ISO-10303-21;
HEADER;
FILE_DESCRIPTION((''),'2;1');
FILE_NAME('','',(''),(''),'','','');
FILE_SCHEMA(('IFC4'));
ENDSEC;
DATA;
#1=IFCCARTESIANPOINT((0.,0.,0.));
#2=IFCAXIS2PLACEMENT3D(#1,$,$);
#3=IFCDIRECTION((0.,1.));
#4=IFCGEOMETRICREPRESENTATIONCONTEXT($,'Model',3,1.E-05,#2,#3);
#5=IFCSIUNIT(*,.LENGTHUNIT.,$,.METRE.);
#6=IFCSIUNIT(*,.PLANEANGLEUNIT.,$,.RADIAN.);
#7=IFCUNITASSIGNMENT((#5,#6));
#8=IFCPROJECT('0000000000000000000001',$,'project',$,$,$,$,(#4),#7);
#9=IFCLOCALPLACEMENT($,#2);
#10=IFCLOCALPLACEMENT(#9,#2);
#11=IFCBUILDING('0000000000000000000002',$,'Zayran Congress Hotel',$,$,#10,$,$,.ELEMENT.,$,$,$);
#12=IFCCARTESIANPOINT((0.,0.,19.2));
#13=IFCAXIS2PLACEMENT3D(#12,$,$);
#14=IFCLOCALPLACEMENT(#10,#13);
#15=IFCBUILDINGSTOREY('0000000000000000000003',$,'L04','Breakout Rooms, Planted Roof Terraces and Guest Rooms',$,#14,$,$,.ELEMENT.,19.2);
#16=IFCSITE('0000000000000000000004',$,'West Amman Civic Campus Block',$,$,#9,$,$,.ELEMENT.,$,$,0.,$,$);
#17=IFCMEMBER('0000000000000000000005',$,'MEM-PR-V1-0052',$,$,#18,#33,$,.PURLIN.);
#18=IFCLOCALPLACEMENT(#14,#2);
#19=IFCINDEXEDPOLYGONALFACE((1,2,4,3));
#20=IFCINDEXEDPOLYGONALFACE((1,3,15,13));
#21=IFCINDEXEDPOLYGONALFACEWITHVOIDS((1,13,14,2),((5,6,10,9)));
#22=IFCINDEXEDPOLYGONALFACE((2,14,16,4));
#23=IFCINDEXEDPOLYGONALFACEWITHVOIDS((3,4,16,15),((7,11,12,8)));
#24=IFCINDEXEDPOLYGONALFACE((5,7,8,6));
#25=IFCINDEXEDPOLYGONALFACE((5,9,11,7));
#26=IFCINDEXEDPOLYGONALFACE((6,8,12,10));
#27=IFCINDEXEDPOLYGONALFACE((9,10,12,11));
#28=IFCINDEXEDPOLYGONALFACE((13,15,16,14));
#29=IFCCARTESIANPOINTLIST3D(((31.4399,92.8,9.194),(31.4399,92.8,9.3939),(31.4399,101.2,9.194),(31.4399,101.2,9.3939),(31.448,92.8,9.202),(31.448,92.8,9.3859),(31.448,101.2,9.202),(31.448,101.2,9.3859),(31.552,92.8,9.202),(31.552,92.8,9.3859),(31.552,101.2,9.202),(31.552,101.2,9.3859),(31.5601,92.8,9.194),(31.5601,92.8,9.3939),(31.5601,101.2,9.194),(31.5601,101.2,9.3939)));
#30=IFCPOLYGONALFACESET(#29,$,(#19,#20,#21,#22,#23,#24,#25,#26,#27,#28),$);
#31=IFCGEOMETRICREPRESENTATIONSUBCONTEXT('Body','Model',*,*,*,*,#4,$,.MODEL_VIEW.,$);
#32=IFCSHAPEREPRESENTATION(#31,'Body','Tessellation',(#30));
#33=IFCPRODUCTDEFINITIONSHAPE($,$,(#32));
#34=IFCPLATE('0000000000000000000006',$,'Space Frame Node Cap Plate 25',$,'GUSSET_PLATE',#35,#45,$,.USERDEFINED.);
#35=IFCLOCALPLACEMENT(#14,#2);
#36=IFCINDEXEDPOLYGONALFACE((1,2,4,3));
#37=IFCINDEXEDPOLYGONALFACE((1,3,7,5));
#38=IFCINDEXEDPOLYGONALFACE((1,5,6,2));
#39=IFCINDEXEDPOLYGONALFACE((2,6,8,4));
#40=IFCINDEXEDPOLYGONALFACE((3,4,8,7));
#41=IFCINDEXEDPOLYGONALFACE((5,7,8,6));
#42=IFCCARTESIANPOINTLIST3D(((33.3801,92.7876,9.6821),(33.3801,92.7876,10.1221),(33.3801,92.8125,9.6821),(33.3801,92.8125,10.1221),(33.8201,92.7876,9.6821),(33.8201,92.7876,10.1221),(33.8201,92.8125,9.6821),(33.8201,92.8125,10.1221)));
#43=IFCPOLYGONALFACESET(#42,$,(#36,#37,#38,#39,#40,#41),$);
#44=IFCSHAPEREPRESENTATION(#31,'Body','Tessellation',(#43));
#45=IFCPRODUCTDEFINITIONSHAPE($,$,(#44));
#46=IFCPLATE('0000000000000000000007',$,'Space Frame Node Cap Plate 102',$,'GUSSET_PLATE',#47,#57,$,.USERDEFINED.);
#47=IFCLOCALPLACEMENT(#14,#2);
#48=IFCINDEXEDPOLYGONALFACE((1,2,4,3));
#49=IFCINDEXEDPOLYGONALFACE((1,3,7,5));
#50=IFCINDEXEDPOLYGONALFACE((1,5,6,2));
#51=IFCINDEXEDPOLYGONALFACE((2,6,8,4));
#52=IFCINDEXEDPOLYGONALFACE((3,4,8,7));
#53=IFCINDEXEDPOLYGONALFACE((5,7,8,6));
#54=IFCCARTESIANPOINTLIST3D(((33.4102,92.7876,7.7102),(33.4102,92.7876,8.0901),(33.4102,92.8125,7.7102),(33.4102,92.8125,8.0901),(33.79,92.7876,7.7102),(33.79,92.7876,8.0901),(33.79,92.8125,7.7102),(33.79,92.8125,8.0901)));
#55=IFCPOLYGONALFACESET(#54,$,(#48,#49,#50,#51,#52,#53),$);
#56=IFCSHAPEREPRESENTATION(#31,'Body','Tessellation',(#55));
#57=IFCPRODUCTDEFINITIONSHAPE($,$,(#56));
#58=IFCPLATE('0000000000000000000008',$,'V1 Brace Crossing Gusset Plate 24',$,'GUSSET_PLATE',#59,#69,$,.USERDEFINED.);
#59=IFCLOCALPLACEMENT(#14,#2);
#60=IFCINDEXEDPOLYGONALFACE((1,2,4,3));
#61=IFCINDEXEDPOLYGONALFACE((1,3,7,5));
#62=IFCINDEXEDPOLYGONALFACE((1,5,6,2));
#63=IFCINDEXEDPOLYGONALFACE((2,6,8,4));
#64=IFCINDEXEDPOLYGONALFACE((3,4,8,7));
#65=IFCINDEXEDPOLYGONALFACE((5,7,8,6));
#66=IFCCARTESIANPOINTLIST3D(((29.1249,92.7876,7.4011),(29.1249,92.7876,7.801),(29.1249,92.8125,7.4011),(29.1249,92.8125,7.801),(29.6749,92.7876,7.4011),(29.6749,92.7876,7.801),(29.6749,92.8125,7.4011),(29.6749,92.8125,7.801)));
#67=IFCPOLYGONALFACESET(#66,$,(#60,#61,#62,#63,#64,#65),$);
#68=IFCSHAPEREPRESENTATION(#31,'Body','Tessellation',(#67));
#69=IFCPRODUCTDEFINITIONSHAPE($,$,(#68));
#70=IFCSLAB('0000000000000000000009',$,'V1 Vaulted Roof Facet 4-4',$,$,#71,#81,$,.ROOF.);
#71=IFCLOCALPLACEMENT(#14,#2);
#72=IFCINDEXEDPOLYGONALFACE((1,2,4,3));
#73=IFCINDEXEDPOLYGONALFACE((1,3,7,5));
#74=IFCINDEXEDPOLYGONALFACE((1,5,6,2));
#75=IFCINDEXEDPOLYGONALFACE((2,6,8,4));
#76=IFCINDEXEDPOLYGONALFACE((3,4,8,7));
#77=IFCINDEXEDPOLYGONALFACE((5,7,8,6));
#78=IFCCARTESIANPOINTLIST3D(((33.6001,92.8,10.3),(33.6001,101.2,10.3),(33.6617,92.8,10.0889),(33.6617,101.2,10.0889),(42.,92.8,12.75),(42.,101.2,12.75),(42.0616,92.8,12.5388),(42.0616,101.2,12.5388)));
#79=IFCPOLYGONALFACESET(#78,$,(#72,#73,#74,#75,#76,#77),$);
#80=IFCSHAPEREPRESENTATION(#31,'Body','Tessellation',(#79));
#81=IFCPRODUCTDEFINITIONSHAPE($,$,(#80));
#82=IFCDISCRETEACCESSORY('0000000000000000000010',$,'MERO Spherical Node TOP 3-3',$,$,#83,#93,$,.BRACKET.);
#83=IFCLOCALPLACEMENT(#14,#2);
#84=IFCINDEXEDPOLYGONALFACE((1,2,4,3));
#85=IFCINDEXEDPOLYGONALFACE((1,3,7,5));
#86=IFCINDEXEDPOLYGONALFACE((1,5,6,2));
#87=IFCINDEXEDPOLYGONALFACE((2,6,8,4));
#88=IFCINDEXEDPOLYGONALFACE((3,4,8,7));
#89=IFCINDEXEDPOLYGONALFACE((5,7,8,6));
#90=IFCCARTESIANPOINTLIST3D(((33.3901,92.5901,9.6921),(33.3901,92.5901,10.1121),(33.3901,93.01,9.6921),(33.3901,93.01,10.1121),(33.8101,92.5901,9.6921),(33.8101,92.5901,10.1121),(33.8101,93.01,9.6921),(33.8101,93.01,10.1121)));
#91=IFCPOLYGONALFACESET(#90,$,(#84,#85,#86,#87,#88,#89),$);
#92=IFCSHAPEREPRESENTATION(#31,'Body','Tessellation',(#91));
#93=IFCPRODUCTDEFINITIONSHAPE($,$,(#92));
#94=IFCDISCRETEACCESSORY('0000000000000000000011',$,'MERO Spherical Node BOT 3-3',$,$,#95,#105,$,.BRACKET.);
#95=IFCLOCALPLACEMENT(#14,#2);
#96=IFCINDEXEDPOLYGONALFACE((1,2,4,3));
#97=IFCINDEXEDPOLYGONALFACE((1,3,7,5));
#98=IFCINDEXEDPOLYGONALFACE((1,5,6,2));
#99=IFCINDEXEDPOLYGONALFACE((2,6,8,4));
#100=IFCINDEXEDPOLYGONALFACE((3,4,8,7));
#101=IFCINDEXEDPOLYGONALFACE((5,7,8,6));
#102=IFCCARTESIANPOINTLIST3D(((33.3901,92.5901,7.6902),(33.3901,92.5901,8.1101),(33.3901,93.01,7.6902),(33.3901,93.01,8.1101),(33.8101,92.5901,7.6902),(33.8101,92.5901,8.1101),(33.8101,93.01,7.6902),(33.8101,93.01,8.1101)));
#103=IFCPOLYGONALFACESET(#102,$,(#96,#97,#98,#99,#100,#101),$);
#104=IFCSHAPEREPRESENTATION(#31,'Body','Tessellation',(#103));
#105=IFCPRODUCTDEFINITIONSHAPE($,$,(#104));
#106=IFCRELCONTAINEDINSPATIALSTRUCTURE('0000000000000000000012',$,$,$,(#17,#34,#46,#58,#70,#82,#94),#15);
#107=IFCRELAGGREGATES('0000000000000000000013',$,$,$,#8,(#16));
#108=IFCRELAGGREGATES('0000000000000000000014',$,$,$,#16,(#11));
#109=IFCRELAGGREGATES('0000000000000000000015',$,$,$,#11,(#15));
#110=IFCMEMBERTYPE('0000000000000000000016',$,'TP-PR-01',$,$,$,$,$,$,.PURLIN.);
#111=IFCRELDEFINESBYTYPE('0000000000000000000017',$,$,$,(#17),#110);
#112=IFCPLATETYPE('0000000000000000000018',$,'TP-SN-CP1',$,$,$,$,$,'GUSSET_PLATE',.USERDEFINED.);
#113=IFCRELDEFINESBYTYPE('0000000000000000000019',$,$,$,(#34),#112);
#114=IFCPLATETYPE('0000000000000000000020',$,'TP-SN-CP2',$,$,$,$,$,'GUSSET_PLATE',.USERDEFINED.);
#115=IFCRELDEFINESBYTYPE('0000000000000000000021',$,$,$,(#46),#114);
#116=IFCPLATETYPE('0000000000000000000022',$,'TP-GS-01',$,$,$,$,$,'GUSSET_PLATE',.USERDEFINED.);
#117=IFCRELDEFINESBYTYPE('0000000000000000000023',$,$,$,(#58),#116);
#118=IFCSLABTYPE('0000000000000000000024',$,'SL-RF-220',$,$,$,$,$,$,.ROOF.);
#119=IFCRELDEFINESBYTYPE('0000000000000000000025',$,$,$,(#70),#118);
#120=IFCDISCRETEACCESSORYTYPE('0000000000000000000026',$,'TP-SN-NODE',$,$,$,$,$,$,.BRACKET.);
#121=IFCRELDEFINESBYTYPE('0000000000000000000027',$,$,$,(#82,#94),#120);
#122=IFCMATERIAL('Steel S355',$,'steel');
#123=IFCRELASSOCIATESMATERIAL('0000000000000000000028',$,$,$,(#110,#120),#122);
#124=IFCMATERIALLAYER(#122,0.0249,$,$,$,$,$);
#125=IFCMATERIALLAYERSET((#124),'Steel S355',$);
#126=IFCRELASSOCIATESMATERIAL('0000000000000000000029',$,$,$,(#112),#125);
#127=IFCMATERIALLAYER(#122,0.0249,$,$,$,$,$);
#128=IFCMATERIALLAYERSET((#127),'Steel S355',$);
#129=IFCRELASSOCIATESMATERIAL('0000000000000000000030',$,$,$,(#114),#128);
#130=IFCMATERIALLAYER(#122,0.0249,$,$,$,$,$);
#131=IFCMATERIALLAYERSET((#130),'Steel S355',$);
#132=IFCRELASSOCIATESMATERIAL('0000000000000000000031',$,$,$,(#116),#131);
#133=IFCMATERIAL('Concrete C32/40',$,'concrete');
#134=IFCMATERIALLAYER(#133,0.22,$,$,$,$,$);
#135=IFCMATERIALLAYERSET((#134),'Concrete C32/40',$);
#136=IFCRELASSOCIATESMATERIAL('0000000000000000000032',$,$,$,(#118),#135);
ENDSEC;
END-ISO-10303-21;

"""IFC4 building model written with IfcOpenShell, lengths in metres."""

from ifc_helpers import new_model, si_unit, direction, frame, origin, origin_2d, place, context, subcontext, project, spatial, polyline, rectangle, hollow_rectangle, outline, extrude, material, layer, layer_set, material_profile, profile_set, type_object, element, save


model = new_model("IFC4")

# Units and contexts
model_context = context("Model", 3, precision=1e-05, world=origin(), true_north=direction((0.0, 1.0)))
body_context = subcontext(model_context, "Body", "Model", "MODEL_VIEW")
ifc_project = project(units=[si_unit("LENGTHUNIT", "METRE"), si_unit("PLANEANGLEUNIT", "RADIAN")], contexts=[model_context])

# Site, building, storey
site_placement = place(None, origin())
site = spatial("IfcSite", under=ifc_project, at=site_placement, Name="West Amman Civic Campus Block", CompositionType="ELEMENT", RefElevation=0.0)
building_placement = place(site_placement, origin())
building = spatial("IfcBuilding", under=site, at=building_placement, Name="Zayran Congress Hotel", CompositionType="ELEMENT")
storey_placement = place(building_placement, frame((0.0, 0.0, 19.2)))
storey = spatial("IfcBuildingStorey", under=building, at=storey_placement, Name="L04", Description="Breakout Rooms, Planted Roof Terraces and Guest Rooms", CompositionType="ELEMENT", Elevation=19.2)

# Member
ifc_material_1 = material(Name="Steel S355", Category="steel")
ifc_material_profile_1 = material_profile(ifc_material_1, hollow_rectangle(XDim=0.1201, YDim=0.2, WallThickness=0.0081, at=origin_2d()), Name="RHS 200x120x8")
ifc_profile_set_1 = profile_set([ifc_material_profile_1], Name="Steel S355")
member_type_1 = type_object("IfcMemberType", Name="TP-PR-01", PredefinedType="PURLIN", material=ifc_profile_set_1)
for number, where, z_axis, x_axis, name in (
    (1, (31.5, 92.8, 9.2939), (0.0, 1.0, 0.0), (-1.0, 0.0, 0.0), "MEM-PR-V1-0052"),
):
    element("IfcMember", number, at=place(storey_placement, frame(where, z_axis=z_axis, x_axis=x_axis)), inside=storey, type_object=member_type_1, Name=name, PredefinedType="PURLIN", context=body_context, shape_type="SweptSolid", body=[
        extrude(hollow_rectangle(XDim=0.1201, YDim=0.2, WallThickness=0.0081, at=origin_2d()), origin(), (0.0, 0.0, 1.0), 8.3999),
    ])

# Plates
ifc_layer_1 = layer(ifc_material_1, 0.0249)
ifc_layer_set_1 = layer_set([ifc_layer_1], Name="Steel S355")
plate_type_1 = type_object("IfcPlateType", Name="TP-SN-CP1", ElementType="GUSSET_PLATE", PredefinedType="USERDEFINED", material=ifc_layer_set_1)
plate_1_placement = place(storey_placement, frame((33.6001, 92.8, 9.6821), z_axis=(0.0, 0.0, 1.0), x_axis=(1.0, 0.0, 0.0)))
element("IfcPlate", 2, at=plate_1_placement, inside=storey, type_object=plate_type_1, Name="Space Frame Node Cap Plate 25", ObjectType="GUSSET_PLATE", PredefinedType="USERDEFINED", context=body_context, shape_type="SweptSolid", body=[
    extrude(rectangle(XDim=0.4399, YDim=0.0249, at=origin_2d()), origin(), (0.0, 0.0, 1.0), 0.4399),
])
ifc_layer_2 = layer(ifc_material_1, 0.0249)
ifc_layer_set_2 = layer_set([ifc_layer_2], Name="Steel S355")
plate_type_2 = type_object("IfcPlateType", Name="TP-SN-CP2", ElementType="GUSSET_PLATE", PredefinedType="USERDEFINED", material=ifc_layer_set_2)
plate_2_placement = place(storey_placement, frame((33.6001, 92.8, 7.7102), z_axis=(0.0, 0.0, 1.0), x_axis=(1.0, 0.0, 0.0)))
element("IfcPlate", 3, at=plate_2_placement, inside=storey, type_object=plate_type_2, Name="Space Frame Node Cap Plate 102", ObjectType="GUSSET_PLATE", PredefinedType="USERDEFINED", context=body_context, shape_type="SweptSolid", body=[
    extrude(rectangle(XDim=0.3799, YDim=0.0249, at=origin_2d()), origin(), (0.0, 0.0, 1.0), 0.3799),
])
ifc_layer_3 = layer(ifc_material_1, 0.0249)
ifc_layer_set_3 = layer_set([ifc_layer_3], Name="Steel S355")
plate_type_3 = type_object("IfcPlateType", Name="TP-GS-01", ElementType="GUSSET_PLATE", PredefinedType="USERDEFINED", material=ifc_layer_set_3)
plate_3_placement = place(storey_placement, frame((29.3999, 92.8, 7.4011), z_axis=(0.0, 0.0, 1.0), x_axis=(1.0, 0.0, 0.0)))
element("IfcPlate", 4, at=plate_3_placement, inside=storey, type_object=plate_type_3, Name="V1 Brace Crossing Gusset Plate 24", ObjectType="GUSSET_PLATE", PredefinedType="USERDEFINED", context=body_context, shape_type="SweptSolid", body=[
    extrude(rectangle(XDim=0.55, YDim=0.0249, at=origin_2d()), origin(), (0.0, 0.0, 1.0), 0.3999),
])

# Slab
ifc_material_2 = material(Name="Concrete C32/40", Category="concrete")
ifc_layer_4 = layer(ifc_material_2, 0.22)
ifc_layer_set_4 = layer_set([ifc_layer_4], Name="Concrete C32/40")
slab_type = type_object("IfcSlabType", Name="SL-RF-220", PredefinedType="ROOF", material=ifc_layer_set_4)
slab_placement = place(storey_placement, frame((33.6001, 92.8, 10.3), z_axis=(-0.279998, 0.0, 0.960001), x_axis=(0.960001, 0.0, 0.279998)))
element("IfcSlab", 5, at=slab_placement, inside=storey, type_object=slab_type, Name="V1 Vaulted Roof Facet 4-4", PredefinedType="ROOF", context=body_context, shape_type="SweptSolid", body=[
    extrude(outline(polyline([(0.0, 0.0), (8.7499, 0.0), (8.7499, 8.3999), (0.0, 8.3999), (0.0, 0.0)])), origin(), (0.0, 0.0, -1.0), 0.22),
])

# Discrete accessories
discrete_accessory_type = type_object("IfcDiscreteAccessoryType", Name="TP-SN-NODE", PredefinedType="BRACKET", material=ifc_material_1)
for number, where, z_axis, x_axis, name in (
    (6, (33.6001, 92.8, 9.6921), (0.0, 0.0, 1.0), (1.0, 0.0, 0.0), "MERO Spherical Node TOP 3-3"),
    (7, (33.6001, 92.8, 7.6902), (0.0, 0.0, 1.0), (1.0, 0.0, 0.0), "MERO Spherical Node BOT 3-3"),
):
    element("IfcDiscreteAccessory", number, at=place(storey_placement, frame(where, z_axis=z_axis, x_axis=x_axis)), inside=storey, type_object=discrete_accessory_type, Name=name, PredefinedType="BRACKET", context=body_context, shape_type="SweptSolid", body=[
        extrude(rectangle(XDim=0.4199, YDim=0.4199, at=origin_2d()), origin(), (0.0, 0.0, 1.0), 0.4199),
    ])

save(model, "model.ifc")
